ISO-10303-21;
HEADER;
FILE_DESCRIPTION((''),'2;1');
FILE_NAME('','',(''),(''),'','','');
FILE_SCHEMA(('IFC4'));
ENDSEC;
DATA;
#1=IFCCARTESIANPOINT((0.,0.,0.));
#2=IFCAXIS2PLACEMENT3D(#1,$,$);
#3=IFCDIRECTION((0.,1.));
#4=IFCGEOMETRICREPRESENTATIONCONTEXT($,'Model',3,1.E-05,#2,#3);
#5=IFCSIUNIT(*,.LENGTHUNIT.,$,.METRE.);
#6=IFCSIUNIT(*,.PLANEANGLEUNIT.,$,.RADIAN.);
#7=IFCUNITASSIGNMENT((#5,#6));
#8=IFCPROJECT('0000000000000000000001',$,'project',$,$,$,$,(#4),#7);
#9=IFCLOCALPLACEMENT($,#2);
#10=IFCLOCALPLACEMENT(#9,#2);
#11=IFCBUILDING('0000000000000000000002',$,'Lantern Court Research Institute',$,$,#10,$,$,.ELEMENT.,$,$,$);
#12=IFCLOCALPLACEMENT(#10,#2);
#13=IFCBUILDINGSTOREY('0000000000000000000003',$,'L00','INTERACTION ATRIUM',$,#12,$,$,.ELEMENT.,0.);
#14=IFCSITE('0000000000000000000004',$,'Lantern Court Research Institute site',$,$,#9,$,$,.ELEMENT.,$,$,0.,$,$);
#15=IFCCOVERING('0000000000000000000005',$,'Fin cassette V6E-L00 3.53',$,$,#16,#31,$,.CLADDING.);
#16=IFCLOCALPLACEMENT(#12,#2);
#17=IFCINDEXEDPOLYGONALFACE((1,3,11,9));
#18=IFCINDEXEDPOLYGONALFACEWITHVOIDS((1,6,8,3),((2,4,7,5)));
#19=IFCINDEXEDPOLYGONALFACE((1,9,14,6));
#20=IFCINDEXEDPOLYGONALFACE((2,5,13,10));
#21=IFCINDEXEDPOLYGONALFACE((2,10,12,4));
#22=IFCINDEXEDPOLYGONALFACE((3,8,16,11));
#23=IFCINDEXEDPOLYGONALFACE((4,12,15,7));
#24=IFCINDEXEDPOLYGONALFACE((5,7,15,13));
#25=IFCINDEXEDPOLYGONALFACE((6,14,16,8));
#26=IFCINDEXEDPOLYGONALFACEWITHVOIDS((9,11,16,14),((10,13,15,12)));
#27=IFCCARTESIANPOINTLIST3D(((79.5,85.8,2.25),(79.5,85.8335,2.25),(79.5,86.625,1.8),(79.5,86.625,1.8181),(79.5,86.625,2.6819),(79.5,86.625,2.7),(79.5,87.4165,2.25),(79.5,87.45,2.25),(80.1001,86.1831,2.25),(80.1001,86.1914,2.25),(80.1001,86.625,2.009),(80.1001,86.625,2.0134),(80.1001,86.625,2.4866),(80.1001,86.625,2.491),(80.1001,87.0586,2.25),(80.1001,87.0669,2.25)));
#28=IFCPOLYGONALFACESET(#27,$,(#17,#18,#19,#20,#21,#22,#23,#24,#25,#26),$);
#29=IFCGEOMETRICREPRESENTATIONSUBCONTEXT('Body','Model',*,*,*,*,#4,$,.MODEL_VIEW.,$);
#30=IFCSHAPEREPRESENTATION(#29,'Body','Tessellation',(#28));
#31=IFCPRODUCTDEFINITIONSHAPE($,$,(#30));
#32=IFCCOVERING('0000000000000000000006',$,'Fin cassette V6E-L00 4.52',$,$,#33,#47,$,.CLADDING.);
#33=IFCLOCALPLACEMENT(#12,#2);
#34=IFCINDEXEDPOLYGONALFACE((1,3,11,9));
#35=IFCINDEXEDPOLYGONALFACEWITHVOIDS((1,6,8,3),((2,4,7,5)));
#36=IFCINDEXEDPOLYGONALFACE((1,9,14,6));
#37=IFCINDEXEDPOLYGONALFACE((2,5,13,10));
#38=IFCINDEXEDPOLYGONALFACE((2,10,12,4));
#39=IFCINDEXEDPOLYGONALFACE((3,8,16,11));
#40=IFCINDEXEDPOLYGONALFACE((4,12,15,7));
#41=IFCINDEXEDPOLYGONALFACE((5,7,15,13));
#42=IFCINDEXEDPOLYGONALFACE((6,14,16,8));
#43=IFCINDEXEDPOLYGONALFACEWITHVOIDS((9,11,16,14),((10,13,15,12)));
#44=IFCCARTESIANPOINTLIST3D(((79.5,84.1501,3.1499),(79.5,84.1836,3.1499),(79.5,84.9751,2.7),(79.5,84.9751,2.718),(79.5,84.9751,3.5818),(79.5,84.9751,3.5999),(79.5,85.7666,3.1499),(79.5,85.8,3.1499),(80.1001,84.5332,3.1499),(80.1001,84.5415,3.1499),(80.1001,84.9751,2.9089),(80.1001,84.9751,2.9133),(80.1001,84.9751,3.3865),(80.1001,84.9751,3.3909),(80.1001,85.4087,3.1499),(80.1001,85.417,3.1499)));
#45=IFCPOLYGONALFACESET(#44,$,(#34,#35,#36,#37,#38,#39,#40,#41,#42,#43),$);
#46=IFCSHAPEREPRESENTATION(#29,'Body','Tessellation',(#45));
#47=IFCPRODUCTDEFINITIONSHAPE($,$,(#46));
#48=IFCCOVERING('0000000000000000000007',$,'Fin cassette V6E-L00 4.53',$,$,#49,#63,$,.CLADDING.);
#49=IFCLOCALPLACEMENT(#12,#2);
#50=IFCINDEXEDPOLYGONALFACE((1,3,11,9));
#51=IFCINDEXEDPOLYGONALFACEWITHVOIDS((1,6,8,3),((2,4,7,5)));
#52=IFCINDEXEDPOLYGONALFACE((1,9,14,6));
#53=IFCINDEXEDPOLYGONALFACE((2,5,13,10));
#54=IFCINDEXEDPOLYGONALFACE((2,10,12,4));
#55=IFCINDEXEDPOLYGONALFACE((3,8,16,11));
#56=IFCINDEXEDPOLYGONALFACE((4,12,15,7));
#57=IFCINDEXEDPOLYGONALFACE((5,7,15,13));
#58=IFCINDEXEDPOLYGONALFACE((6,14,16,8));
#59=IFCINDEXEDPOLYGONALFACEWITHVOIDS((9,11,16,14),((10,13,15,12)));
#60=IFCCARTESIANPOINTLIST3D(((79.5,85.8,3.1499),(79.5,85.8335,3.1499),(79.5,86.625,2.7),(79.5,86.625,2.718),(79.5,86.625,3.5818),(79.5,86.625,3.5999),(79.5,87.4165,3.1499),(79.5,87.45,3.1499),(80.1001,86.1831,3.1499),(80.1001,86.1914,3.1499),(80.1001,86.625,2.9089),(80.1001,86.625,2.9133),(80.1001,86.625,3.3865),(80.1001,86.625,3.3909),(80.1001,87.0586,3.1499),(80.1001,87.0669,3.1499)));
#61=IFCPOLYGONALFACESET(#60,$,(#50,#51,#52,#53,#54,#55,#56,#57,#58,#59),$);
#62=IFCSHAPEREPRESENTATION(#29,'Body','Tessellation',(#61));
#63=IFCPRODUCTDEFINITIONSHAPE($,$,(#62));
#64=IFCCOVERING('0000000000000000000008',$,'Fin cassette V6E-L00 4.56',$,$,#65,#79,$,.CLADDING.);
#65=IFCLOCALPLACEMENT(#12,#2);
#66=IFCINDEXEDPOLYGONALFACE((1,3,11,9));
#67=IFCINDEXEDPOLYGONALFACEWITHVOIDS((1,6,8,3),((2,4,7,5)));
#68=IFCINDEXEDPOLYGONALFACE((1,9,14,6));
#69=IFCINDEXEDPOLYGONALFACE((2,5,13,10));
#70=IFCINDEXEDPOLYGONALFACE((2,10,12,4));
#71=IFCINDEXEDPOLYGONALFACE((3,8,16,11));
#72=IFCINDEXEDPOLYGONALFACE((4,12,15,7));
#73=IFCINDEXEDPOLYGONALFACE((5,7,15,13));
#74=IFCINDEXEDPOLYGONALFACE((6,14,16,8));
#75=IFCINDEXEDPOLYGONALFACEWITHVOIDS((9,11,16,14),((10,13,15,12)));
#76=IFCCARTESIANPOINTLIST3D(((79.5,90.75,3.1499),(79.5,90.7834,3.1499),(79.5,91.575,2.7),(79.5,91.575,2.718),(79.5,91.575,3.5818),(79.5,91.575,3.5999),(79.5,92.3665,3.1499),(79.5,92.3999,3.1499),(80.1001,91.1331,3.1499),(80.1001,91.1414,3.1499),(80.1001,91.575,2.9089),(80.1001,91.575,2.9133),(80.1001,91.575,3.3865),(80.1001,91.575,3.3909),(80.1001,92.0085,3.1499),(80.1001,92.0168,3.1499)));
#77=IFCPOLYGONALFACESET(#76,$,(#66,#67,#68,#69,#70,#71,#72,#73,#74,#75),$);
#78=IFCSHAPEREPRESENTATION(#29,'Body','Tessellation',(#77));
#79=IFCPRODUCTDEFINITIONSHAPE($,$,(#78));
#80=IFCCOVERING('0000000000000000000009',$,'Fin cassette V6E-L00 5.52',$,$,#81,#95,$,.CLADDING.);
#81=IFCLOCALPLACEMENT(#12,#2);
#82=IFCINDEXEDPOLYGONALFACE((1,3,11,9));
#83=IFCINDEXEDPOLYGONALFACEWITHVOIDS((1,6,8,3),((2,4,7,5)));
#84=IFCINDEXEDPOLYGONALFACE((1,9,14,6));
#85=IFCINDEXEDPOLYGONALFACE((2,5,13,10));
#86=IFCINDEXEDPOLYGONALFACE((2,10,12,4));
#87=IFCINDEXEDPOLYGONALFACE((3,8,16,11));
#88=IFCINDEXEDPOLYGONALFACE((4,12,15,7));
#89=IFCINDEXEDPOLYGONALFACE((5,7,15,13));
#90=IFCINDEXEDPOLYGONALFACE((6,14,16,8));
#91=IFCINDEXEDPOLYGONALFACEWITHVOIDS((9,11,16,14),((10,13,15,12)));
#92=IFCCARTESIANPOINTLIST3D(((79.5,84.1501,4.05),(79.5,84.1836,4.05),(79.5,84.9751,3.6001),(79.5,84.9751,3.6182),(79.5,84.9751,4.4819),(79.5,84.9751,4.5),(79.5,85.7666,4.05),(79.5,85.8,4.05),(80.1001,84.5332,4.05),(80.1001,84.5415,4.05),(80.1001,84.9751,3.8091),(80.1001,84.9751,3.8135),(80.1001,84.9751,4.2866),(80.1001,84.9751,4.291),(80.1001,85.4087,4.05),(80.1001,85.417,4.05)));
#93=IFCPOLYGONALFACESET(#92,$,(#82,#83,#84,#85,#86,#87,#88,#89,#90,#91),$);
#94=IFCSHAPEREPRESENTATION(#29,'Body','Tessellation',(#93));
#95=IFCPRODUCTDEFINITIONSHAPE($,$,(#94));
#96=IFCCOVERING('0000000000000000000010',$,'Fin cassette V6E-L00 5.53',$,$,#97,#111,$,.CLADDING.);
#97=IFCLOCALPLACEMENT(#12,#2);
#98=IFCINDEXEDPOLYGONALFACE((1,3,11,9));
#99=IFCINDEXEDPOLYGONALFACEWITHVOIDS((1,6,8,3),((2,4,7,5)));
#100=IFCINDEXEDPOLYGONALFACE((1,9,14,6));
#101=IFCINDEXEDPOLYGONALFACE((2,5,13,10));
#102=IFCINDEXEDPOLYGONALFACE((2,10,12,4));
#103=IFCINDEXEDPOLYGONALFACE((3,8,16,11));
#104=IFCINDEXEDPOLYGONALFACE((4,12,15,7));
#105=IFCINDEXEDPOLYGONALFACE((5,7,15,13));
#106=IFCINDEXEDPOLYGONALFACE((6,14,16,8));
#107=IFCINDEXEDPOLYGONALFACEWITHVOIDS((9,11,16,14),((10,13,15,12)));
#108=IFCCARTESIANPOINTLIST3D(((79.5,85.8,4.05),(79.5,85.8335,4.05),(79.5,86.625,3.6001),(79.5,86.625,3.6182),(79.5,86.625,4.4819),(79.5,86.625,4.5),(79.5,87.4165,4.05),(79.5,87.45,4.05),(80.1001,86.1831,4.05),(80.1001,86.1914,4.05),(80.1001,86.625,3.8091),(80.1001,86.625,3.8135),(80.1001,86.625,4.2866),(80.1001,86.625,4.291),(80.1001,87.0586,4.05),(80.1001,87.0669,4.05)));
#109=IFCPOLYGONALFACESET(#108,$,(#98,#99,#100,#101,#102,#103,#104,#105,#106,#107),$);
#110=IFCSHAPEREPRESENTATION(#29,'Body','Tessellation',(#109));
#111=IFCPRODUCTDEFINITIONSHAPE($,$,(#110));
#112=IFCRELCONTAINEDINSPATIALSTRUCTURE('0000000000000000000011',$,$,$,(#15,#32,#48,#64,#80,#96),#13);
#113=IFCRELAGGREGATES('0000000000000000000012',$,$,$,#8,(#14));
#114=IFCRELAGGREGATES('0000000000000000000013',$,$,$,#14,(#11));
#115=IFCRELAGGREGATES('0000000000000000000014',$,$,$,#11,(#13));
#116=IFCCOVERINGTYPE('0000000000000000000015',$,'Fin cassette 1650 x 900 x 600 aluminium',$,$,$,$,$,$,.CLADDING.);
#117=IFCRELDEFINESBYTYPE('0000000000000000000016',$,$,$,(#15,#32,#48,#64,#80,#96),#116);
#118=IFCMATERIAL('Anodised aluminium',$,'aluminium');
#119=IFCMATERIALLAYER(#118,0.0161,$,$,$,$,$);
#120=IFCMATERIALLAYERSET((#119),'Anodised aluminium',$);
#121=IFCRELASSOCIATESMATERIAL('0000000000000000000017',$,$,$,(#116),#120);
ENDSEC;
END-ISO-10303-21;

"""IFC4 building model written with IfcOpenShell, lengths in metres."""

from ifc_helpers import new_model, entity, si_unit, direction, frame, origin, place, context, subcontext, project, spatial, material, layer, layer_set, type_object, element, save


model = new_model("IFC4")

# Units and contexts
model_context = context("Model", 3, precision=1e-05, world=origin(), true_north=direction((0.0, 1.0)))
body_context = subcontext(model_context, "Body", "Model", "MODEL_VIEW")
ifc_project = project(units=[si_unit("LENGTHUNIT", "METRE"), si_unit("PLANEANGLEUNIT", "RADIAN")], contexts=[model_context])

# Site, building, storey
site_placement = place(None, origin())
site = spatial("IfcSite", under=ifc_project, at=site_placement, Name="Lantern Court Research Institute site", CompositionType="ELEMENT", RefElevation=0.0)
building_placement = place(site_placement, origin())
building = spatial("IfcBuilding", under=site, at=building_placement, Name="Lantern Court Research Institute", CompositionType="ELEMENT")
storey_placement = place(building_placement, origin())
storey = spatial("IfcBuildingStorey", under=building, at=storey_placement, Name="L00", Description="INTERACTION ATRIUM", CompositionType="ELEMENT", Elevation=0.0)

# Coverings
ifc_material_1 = material(Name="Anodised aluminium", Category="aluminium")
ifc_layer_1 = layer(ifc_material_1, 0.0161)
ifc_layer_set_1 = layer_set([ifc_layer_1], Name="Anodised aluminium")
covering_type_1 = type_object("IfcCoveringType", Name="Fin cassette 1650 x 900 x 600 aluminium", PredefinedType="CLADDING", material=ifc_layer_set_1)
covering_1_placement = place(storey_placement, frame((79.5, 86.625, 2.25), z_axis=(1.0, 0.0, 0.0), x_axis=(0.0, 1.0, 0.0)))
cartesian_point_1 = entity("IfcCartesianPoint", [0.825, 0.0])
cartesian_point_2 = entity("IfcCartesianPoint", [0.7915, 0.0])
cartesian_point_3 = entity("IfcCartesianPoint", [0.4419, 0.0])
cartesian_point_4 = entity("IfcCartesianPoint", [0.4336, 0.0])
element("IfcCovering", 1, at=covering_1_placement, inside=storey, type_object=covering_type_1, Name="Fin cassette V6E-L00 3.53", PredefinedType="CLADDING", context=body_context, shape_type="SweptSolid", body=[
    entity("IfcExtrudedAreaSolidTapered", entity("IfcArbitraryProfileDefWithVoids", "AREA", None, entity("IfcPolyline", [cartesian_point_1, entity("IfcCartesianPoint", [0.0, 0.45]), entity("IfcCartesianPoint", [-0.825, 0.0]), entity("IfcCartesianPoint", [0.0, -0.45]), cartesian_point_1]), [entity("IfcPolyline", [cartesian_point_2, entity("IfcCartesianPoint", [0.0, 0.4319]), entity("IfcCartesianPoint", [-0.7915, 0.0]), entity("IfcCartesianPoint", [0.0, -0.4319]), cartesian_point_2])]), entity("IfcAxis2Placement3D", entity("IfcCartesianPoint", [0.0, 0.0, 0.0])), entity("IfcDirection", [0.0, 0.0, 1.0]), 0.6001, entity("IfcArbitraryProfileDefWithVoids", "AREA", None, entity("IfcPolyline", [cartesian_point_3, entity("IfcCartesianPoint", [0.0, 0.241]), entity("IfcCartesianPoint", [-0.4419, 0.0]), entity("IfcCartesianPoint", [0.0, -0.241]), cartesian_point_3]), [entity("IfcPolyline", [cartesian_point_4, entity("IfcCartesianPoint", [0.0, 0.2366]), entity("IfcCartesianPoint", [-0.4336, 0.0]), entity("IfcCartesianPoint", [0.0, -0.2366]), cartesian_point_4])])),
])
covering_2_placement = place(storey_placement, frame((79.5, 84.9751, 3.1499), z_axis=(1.0, 0.0, 0.0), x_axis=(0.0, 1.0, 0.0)))
cartesian_point_5 = entity("IfcCartesianPoint", [0.825, 0.0])
cartesian_point_6 = entity("IfcCartesianPoint", [0.7915, 0.0])
cartesian_point_7 = entity("IfcCartesianPoint", [0.4419, 0.0])
cartesian_point_8 = entity("IfcCartesianPoint", [0.4336, 0.0])
element("IfcCovering", 2, at=covering_2_placement, inside=storey, type_object=covering_type_1, Name="Fin cassette V6E-L00 4.52", PredefinedType="CLADDING", context=body_context, shape_type="SweptSolid", body=[
    entity("IfcExtrudedAreaSolidTapered", entity("IfcArbitraryProfileDefWithVoids", "AREA", None, entity("IfcPolyline", [cartesian_point_5, entity("IfcCartesianPoint", [0.0, 0.45]), entity("IfcCartesianPoint", [-0.825, 0.0]), entity("IfcCartesianPoint", [0.0, -0.45]), cartesian_point_5]), [entity("IfcPolyline", [cartesian_point_6, entity("IfcCartesianPoint", [0.0, 0.4319]), entity("IfcCartesianPoint", [-0.7915, 0.0]), entity("IfcCartesianPoint", [0.0, -0.4319]), cartesian_point_6])]), entity("IfcAxis2Placement3D", entity("IfcCartesianPoint", [0.0, 0.0, 0.0])), entity("IfcDirection", [0.0, 0.0, 1.0]), 0.6001, entity("IfcArbitraryProfileDefWithVoids", "AREA", None, entity("IfcPolyline", [cartesian_point_7, entity("IfcCartesianPoint", [0.0, 0.241]), entity("IfcCartesianPoint", [-0.4419, 0.0]), entity("IfcCartesianPoint", [0.0, -0.241]), cartesian_point_7]), [entity("IfcPolyline", [cartesian_point_8, entity("IfcCartesianPoint", [0.0, 0.2366]), entity("IfcCartesianPoint", [-0.4336, 0.0]), entity("IfcCartesianPoint", [0.0, -0.2366]), cartesian_point_8])])),
])
covering_3_placement = place(storey_placement, frame((79.5, 86.625, 3.1499), z_axis=(1.0, 0.0, 0.0), x_axis=(0.0, 1.0, 0.0)))
cartesian_point_9 = entity("IfcCartesianPoint", [0.825, 0.0])
cartesian_point_10 = entity("IfcCartesianPoint", [0.7915, 0.0])
cartesian_point_11 = entity("IfcCartesianPoint", [0.4419, 0.0])
cartesian_point_12 = entity("IfcCartesianPoint", [0.4336, 0.0])
element("IfcCovering", 3, at=covering_3_placement, inside=storey, type_object=covering_type_1, Name="Fin cassette V6E-L00 4.53", PredefinedType="CLADDING", context=body_context, shape_type="SweptSolid", body=[
    entity("IfcExtrudedAreaSolidTapered", entity("IfcArbitraryProfileDefWithVoids", "AREA", None, entity("IfcPolyline", [cartesian_point_9, entity("IfcCartesianPoint", [0.0, 0.45]), entity("IfcCartesianPoint", [-0.825, 0.0]), entity("IfcCartesianPoint", [0.0, -0.45]), cartesian_point_9]), [entity("IfcPolyline", [cartesian_point_10, entity("IfcCartesianPoint", [0.0, 0.4319]), entity("IfcCartesianPoint", [-0.7915, 0.0]), entity("IfcCartesianPoint", [0.0, -0.4319]), cartesian_point_10])]), entity("IfcAxis2Placement3D", entity("IfcCartesianPoint", [0.0, 0.0, 0.0])), entity("IfcDirection", [0.0, 0.0, 1.0]), 0.6001, entity("IfcArbitraryProfileDefWithVoids", "AREA", None, entity("IfcPolyline", [cartesian_point_11, entity("IfcCartesianPoint", [0.0, 0.241]), entity("IfcCartesianPoint", [-0.4419, 0.0]), entity("IfcCartesianPoint", [0.0, -0.241]), cartesian_point_11]), [entity("IfcPolyline", [cartesian_point_12, entity("IfcCartesianPoint", [0.0, 0.2366]), entity("IfcCartesianPoint", [-0.4336, 0.0]), entity("IfcCartesianPoint", [0.0, -0.2366]), cartesian_point_12])])),
])
covering_4_placement = place(storey_placement, frame((79.5, 91.575, 3.1499), z_axis=(1.0, 0.0, 0.0), x_axis=(0.0, 1.0, 0.0)))
cartesian_point_13 = entity("IfcCartesianPoint", [0.825, 0.0])
cartesian_point_14 = entity("IfcCartesianPoint", [0.7915, 0.0])
cartesian_point_15 = entity("IfcCartesianPoint", [0.4419, 0.0])
cartesian_point_16 = entity("IfcCartesianPoint", [0.4336, 0.0])
element("IfcCovering", 4, at=covering_4_placement, inside=storey, type_object=covering_type_1, Name="Fin cassette V6E-L00 4.56", PredefinedType="CLADDING", context=body_context, shape_type="SweptSolid", body=[
    entity("IfcExtrudedAreaSolidTapered", entity("IfcArbitraryProfileDefWithVoids", "AREA", None, entity("IfcPolyline", [cartesian_point_13, entity("IfcCartesianPoint", [0.0, 0.45]), entity("IfcCartesianPoint", [-0.825, 0.0]), entity("IfcCartesianPoint", [0.0, -0.45]), cartesian_point_13]), [entity("IfcPolyline", [cartesian_point_14, entity("IfcCartesianPoint", [0.0, 0.4319]), entity("IfcCartesianPoint", [-0.7915, 0.0]), entity("IfcCartesianPoint", [0.0, -0.4319]), cartesian_point_14])]), entity("IfcAxis2Placement3D", entity("IfcCartesianPoint", [0.0, 0.0, 0.0])), entity("IfcDirection", [0.0, 0.0, 1.0]), 0.6001, entity("IfcArbitraryProfileDefWithVoids", "AREA", None, entity("IfcPolyline", [cartesian_point_15, entity("IfcCartesianPoint", [0.0, 0.241]), entity("IfcCartesianPoint", [-0.4419, 0.0]), entity("IfcCartesianPoint", [0.0, -0.241]), cartesian_point_15]), [entity("IfcPolyline", [cartesian_point_16, entity("IfcCartesianPoint", [0.0, 0.2366]), entity("IfcCartesianPoint", [-0.4336, 0.0]), entity("IfcCartesianPoint", [0.0, -0.2366]), cartesian_point_16])])),
])
covering_5_placement = place(storey_placement, frame((79.5, 84.9751, 4.05), z_axis=(1.0, 0.0, 0.0), x_axis=(0.0, 1.0, 0.0)))
cartesian_point_17 = entity("IfcCartesianPoint", [0.825, 0.0])
cartesian_point_18 = entity("IfcCartesianPoint", [0.7915, 0.0])
cartesian_point_19 = entity("IfcCartesianPoint", [0.4419, 0.0])
cartesian_point_20 = entity("IfcCartesianPoint", [0.4336, 0.0])
element("IfcCovering", 5, at=covering_5_placement, inside=storey, type_object=covering_type_1, Name="Fin cassette V6E-L00 5.52", PredefinedType="CLADDING", context=body_context, shape_type="SweptSolid", body=[
    entity("IfcExtrudedAreaSolidTapered", entity("IfcArbitraryProfileDefWithVoids", "AREA", None, entity("IfcPolyline", [cartesian_point_17, entity("IfcCartesianPoint", [0.0, 0.45]), entity("IfcCartesianPoint", [-0.825, 0.0]), entity("IfcCartesianPoint", [0.0, -0.45]), cartesian_point_17]), [entity("IfcPolyline", [cartesian_point_18, entity("IfcCartesianPoint", [0.0, 0.4319]), entity("IfcCartesianPoint", [-0.7915, 0.0]), entity("IfcCartesianPoint", [0.0, -0.4319]), cartesian_point_18])]), entity("IfcAxis2Placement3D", entity("IfcCartesianPoint", [0.0, 0.0, 0.0])), entity("IfcDirection", [0.0, 0.0, 1.0]), 0.6001, entity("IfcArbitraryProfileDefWithVoids", "AREA", None, entity("IfcPolyline", [cartesian_point_19, entity("IfcCartesianPoint", [0.0, 0.241]), entity("IfcCartesianPoint", [-0.4419, 0.0]), entity("IfcCartesianPoint", [0.0, -0.241]), cartesian_point_19]), [entity("IfcPolyline", [cartesian_point_20, entity("IfcCartesianPoint", [0.0, 0.2366]), entity("IfcCartesianPoint", [-0.4336, 0.0]), entity("IfcCartesianPoint", [0.0, -0.2366]), cartesian_point_20])])),
])
covering_6_placement = place(storey_placement, frame((79.5, 86.625, 4.05), z_axis=(1.0, 0.0, 0.0), x_axis=(0.0, 1.0, 0.0)))
cartesian_point_21 = entity("IfcCartesianPoint", [0.825, 0.0])
cartesian_point_22 = entity("IfcCartesianPoint", [0.7915, 0.0])
cartesian_point_23 = entity("IfcCartesianPoint", [0.4419, 0.0])
cartesian_point_24 = entity("IfcCartesianPoint", [0.4336, 0.0])
element("IfcCovering", 6, at=covering_6_placement, inside=storey, type_object=covering_type_1, Name="Fin cassette V6E-L00 5.53", PredefinedType="CLADDING", context=body_context, shape_type="SweptSolid", body=[
    entity("IfcExtrudedAreaSolidTapered", entity("IfcArbitraryProfileDefWithVoids", "AREA", None, entity("IfcPolyline", [cartesian_point_21, entity("IfcCartesianPoint", [0.0, 0.45]), entity("IfcCartesianPoint", [-0.825, 0.0]), entity("IfcCartesianPoint", [0.0, -0.45]), cartesian_point_21]), [entity("IfcPolyline", [cartesian_point_22, entity("IfcCartesianPoint", [0.0, 0.4319]), entity("IfcCartesianPoint", [-0.7915, 0.0]), entity("IfcCartesianPoint", [0.0, -0.4319]), cartesian_point_22])]), entity("IfcAxis2Placement3D", entity("IfcCartesianPoint", [0.0, 0.0, 0.0])), entity("IfcDirection", [0.0, 0.0, 1.0]), 0.6001, entity("IfcArbitraryProfileDefWithVoids", "AREA", None, entity("IfcPolyline", [cartesian_point_23, entity("IfcCartesianPoint", [0.0, 0.241]), entity("IfcCartesianPoint", [-0.4419, 0.0]), entity("IfcCartesianPoint", [0.0, -0.241]), cartesian_point_23]), [entity("IfcPolyline", [cartesian_point_24, entity("IfcCartesianPoint", [0.0, 0.2366]), entity("IfcCartesianPoint", [-0.4336, 0.0]), entity("IfcCartesianPoint", [0.0, -0.2366]), cartesian_point_24])])),
])

save(model, "model.ifc")
